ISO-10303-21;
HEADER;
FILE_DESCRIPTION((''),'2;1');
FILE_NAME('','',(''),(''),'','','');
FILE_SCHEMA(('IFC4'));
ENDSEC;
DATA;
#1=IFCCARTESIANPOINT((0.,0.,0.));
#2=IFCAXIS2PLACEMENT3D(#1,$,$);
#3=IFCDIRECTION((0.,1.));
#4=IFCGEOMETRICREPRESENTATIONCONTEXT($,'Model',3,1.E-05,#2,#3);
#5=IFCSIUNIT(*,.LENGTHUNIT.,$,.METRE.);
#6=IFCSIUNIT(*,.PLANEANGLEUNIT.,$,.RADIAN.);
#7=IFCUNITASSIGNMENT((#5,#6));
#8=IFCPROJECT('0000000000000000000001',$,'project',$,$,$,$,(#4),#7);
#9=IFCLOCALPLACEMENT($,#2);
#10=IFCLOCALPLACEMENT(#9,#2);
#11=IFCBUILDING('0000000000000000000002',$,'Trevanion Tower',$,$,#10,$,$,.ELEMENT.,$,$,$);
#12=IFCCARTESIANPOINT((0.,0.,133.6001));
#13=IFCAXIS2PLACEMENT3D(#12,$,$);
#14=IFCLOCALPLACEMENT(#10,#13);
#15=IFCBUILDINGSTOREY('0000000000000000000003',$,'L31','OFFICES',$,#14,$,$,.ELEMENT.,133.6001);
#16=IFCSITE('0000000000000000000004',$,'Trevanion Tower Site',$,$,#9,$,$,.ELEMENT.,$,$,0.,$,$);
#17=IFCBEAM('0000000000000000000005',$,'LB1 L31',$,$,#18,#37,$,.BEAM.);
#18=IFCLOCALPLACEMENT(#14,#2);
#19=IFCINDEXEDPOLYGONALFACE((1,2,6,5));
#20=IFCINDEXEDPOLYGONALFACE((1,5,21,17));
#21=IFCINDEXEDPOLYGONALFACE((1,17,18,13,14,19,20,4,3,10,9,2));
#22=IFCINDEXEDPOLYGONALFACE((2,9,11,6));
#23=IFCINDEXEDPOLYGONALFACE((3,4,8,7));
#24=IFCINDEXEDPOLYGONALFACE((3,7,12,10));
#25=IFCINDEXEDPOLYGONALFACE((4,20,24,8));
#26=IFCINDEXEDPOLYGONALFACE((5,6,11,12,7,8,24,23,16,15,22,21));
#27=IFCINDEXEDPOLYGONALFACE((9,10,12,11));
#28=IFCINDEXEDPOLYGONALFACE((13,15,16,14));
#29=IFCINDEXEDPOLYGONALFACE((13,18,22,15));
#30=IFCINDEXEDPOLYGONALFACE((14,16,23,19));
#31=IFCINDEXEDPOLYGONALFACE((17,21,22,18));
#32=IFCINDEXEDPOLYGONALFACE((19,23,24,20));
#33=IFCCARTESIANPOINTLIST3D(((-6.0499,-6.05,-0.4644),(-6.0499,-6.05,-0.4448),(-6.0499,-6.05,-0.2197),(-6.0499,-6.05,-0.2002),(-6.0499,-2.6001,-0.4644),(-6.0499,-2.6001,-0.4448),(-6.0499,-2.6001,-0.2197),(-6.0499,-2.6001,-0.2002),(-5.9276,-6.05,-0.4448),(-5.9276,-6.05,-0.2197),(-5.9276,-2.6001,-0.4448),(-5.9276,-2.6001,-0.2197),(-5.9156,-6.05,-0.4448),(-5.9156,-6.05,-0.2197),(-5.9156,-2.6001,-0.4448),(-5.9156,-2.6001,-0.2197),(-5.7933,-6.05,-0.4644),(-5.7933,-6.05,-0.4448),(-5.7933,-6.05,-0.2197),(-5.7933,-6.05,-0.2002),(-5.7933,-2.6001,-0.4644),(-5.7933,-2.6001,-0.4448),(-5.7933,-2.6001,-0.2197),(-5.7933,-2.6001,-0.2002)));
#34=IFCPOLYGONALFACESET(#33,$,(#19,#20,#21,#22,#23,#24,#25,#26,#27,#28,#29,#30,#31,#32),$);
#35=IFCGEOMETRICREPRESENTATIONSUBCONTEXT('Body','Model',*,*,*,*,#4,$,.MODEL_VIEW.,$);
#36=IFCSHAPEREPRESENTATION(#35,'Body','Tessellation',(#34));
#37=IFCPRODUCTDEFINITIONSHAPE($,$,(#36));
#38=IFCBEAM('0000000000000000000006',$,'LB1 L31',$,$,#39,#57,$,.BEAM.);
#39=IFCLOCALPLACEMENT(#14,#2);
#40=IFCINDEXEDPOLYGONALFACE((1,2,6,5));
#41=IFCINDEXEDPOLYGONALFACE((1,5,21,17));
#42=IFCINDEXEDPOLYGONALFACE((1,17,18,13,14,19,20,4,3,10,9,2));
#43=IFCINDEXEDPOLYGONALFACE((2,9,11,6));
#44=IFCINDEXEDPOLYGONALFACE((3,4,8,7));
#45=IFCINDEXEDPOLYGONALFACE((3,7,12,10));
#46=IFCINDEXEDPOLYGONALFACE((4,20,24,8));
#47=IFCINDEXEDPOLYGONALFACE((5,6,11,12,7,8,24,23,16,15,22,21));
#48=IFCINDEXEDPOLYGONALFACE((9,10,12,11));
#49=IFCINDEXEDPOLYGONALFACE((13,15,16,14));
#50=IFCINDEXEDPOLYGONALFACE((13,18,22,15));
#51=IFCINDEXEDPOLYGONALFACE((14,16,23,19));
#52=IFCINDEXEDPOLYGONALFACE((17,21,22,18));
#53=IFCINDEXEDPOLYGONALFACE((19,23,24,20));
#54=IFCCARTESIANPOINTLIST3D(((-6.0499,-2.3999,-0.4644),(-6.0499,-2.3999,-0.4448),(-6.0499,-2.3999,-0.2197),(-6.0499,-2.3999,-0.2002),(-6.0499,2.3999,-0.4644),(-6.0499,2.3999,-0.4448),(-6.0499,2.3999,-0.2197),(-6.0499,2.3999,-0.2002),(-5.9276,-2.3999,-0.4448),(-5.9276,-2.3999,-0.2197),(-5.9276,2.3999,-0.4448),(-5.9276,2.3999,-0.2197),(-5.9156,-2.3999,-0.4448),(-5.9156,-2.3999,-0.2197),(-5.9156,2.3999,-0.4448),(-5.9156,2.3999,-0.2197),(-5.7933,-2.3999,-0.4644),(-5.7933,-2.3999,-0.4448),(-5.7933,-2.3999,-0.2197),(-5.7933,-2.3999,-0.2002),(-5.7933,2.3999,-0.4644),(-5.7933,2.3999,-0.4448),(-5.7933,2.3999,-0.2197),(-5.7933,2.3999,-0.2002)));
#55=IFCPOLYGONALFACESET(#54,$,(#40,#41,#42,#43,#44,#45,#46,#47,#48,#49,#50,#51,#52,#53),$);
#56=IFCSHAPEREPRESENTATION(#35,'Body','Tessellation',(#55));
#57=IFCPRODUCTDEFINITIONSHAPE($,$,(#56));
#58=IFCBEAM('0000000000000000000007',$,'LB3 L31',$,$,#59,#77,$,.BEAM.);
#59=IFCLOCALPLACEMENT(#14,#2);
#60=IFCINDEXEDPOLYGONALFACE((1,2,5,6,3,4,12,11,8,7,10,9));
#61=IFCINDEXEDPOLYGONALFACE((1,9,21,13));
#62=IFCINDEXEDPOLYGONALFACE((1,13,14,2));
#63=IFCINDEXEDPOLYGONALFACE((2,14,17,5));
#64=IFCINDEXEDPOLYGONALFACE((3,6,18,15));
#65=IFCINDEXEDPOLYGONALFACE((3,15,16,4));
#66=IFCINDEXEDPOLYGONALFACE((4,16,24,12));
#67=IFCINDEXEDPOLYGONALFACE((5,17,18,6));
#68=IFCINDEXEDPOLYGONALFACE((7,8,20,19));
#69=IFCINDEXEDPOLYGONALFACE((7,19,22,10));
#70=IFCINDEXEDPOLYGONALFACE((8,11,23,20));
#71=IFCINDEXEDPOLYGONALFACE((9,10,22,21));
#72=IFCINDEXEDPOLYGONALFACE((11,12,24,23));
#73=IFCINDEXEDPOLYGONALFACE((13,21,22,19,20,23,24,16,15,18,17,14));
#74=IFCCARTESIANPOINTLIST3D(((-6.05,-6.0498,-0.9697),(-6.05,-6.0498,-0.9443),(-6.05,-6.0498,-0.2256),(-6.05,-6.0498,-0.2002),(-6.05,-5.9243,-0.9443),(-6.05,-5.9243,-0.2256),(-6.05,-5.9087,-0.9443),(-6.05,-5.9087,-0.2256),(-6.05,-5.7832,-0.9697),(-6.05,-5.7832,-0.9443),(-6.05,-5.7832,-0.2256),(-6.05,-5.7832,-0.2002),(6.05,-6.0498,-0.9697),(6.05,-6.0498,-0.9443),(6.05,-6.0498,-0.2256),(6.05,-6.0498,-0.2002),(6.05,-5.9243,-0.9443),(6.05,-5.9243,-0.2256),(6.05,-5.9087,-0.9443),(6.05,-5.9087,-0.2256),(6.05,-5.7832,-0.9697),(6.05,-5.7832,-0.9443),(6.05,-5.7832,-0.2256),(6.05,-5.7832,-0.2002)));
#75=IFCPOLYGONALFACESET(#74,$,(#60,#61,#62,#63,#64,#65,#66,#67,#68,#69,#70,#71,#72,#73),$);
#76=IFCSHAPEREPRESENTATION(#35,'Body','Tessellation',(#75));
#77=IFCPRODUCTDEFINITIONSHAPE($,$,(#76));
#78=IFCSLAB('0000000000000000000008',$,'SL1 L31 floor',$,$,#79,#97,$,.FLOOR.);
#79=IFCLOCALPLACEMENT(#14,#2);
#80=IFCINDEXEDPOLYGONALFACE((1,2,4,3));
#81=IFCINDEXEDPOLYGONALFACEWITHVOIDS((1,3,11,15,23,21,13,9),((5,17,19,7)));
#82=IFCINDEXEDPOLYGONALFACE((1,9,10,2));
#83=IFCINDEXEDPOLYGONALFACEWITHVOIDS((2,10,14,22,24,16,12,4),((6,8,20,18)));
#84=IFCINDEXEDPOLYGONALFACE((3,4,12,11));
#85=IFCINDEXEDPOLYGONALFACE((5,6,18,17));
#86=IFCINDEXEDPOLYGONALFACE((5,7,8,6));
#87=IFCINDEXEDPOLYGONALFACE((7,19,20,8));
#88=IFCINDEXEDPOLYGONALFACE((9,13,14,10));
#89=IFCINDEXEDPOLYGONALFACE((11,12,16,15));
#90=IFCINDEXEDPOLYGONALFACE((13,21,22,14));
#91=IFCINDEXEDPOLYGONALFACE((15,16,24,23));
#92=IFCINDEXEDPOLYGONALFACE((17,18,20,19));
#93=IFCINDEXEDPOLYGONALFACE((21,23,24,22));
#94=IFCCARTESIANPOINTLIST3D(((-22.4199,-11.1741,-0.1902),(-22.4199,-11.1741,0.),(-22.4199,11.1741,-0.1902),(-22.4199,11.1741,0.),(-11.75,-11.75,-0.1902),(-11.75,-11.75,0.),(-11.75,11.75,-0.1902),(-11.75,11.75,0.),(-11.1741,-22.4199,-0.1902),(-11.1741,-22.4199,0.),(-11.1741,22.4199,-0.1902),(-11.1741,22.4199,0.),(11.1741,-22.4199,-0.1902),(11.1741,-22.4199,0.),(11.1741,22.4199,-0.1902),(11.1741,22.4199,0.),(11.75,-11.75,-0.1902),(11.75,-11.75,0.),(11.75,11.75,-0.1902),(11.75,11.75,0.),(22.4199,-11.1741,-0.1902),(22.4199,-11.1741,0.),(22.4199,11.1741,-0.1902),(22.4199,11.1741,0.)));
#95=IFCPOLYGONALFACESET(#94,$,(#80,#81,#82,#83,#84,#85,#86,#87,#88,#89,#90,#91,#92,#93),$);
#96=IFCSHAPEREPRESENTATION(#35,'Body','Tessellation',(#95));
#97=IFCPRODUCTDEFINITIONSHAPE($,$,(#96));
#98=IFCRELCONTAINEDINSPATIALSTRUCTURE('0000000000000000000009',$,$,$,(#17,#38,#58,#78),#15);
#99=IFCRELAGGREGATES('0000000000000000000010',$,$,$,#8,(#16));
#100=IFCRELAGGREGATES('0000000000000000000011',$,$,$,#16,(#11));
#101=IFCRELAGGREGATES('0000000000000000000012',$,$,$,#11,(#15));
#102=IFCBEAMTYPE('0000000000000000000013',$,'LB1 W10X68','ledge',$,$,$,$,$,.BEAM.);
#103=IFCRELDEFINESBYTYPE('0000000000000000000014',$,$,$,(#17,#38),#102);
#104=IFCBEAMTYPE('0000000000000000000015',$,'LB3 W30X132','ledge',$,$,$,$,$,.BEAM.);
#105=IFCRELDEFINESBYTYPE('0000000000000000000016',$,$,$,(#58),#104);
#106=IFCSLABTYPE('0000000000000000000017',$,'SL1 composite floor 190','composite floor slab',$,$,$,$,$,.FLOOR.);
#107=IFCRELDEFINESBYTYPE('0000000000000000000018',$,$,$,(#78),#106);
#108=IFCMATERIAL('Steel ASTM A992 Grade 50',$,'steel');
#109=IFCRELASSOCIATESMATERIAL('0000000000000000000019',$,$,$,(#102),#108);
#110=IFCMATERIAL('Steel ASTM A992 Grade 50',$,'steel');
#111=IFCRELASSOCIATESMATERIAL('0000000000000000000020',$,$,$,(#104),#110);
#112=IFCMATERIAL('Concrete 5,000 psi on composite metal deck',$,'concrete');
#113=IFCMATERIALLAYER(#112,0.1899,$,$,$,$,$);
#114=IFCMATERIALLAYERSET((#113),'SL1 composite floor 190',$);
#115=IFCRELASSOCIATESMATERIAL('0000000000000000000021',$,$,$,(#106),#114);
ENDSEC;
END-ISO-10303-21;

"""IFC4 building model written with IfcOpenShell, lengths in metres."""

from ifc_helpers import new_model, si_unit, direction, frame, origin, origin_2d, place, context, subcontext, project, spatial, polyline, i_section, outline, extrude, material, layer, layer_set, material_profile, profile_set, type_object, element, save


model = new_model("IFC4")

# Units and contexts
model_context = context("Model", 3, precision=1e-05, world=origin(), true_north=direction((0.0, 1.0)))
body_context = subcontext(model_context, "Body", "Model", "MODEL_VIEW")
ifc_project = project(units=[si_unit("LENGTHUNIT", "METRE"), si_unit("PLANEANGLEUNIT", "RADIAN")], contexts=[model_context])

# Site, building, storey
site_placement = place(None, origin())
site = spatial("IfcSite", under=ifc_project, at=site_placement, Name="Trevanion Tower Site", CompositionType="ELEMENT", RefElevation=0.0)
building_placement = place(site_placement, origin())
building = spatial("IfcBuilding", under=site, at=building_placement, Name="Trevanion Tower", CompositionType="ELEMENT")
storey_placement = place(building_placement, frame((0.0, 0.0, 133.6001)))
storey = spatial("IfcBuildingStorey", under=building, at=storey_placement, Name="L31", Description="OFFICES", CompositionType="ELEMENT", Elevation=133.6001)

# Beams
ifc_material_1 = material(Name="Steel ASTM A992 Grade 50", Category="steel")
ifc_material_profile_1 = material_profile(ifc_material_1, i_section(OverallWidth=0.2566, OverallDepth=0.2642, WebThickness=0.012, FlangeThickness=0.0195, at=origin_2d()), Name="W10X68")
ifc_profile_set_1 = profile_set([ifc_material_profile_1], Name="Steel ASTM A992 Grade 50")
beam_type_1 = type_object("IfcBeamType", Name="LB1 W10X68", Description="ledge", PredefinedType="BEAM", material=ifc_profile_set_1)
beam_1_placement = place(storey_placement, frame((-5.9216, -6.05, -0.3323), z_axis=(0.0, 1.0, 0.0), x_axis=(-1.0, 0.0, 0.0)))
element("IfcBeam", 1, at=beam_1_placement, inside=storey, type_object=beam_type_1, Name="LB1 L31", PredefinedType="BEAM", context=body_context, shape_type="SweptSolid", body=[
    extrude(i_section(OverallWidth=0.2566, OverallDepth=0.2642, WebThickness=0.012, FlangeThickness=0.0195, at=origin_2d()), origin(), (0.0, 0.0, 1.0), 3.45),
])
beam_2_placement = place(storey_placement, frame((-5.9216, -2.3999, -0.3323), z_axis=(0.0, 1.0, 0.0), x_axis=(-1.0, 0.0, 0.0)))
element("IfcBeam", 2, at=beam_2_placement, inside=storey, type_object=beam_type_1, Name="LB1 L31", PredefinedType="BEAM", context=body_context, shape_type="SweptSolid", body=[
    extrude(i_section(OverallWidth=0.2566, OverallDepth=0.2642, WebThickness=0.012, FlangeThickness=0.0195, at=origin_2d()), origin(), (0.0, 0.0, 1.0), 4.7998),
])
ifc_material_2 = material(Name="Steel ASTM A992 Grade 50", Category="steel")
ifc_material_profile_2 = material_profile(ifc_material_2, i_section(OverallWidth=0.2666, OverallDepth=0.7695, WebThickness=0.0156, FlangeThickness=0.0254, at=origin_2d()), Name="W30X132")
ifc_profile_set_2 = profile_set([ifc_material_profile_2], Name="Steel ASTM A992 Grade 50")
beam_type_2 = type_object("IfcBeamType", Name="LB3 W30X132", Description="ledge", PredefinedType="BEAM", material=ifc_profile_set_2)
beam_3_placement = place(storey_placement, frame((-6.05, -5.9165, -0.585), z_axis=(1.0, 0.0, 0.0), x_axis=(0.0, 1.0, 0.0)))
element("IfcBeam", 3, at=beam_3_placement, inside=storey, type_object=beam_type_2, Name="LB3 L31", PredefinedType="BEAM", context=body_context, shape_type="SweptSolid", body=[
    extrude(i_section(OverallWidth=0.2666, OverallDepth=0.7695, WebThickness=0.0156, FlangeThickness=0.0254, at=origin_2d()), origin(), (0.0, 0.0, 1.0), 12.1001),
])

# Slab
ifc_material_3 = material(Name="Concrete 5,000 psi on composite metal deck", Category="concrete")
ifc_layer_1 = layer(ifc_material_3, 0.1899)
ifc_layer_set_1 = layer_set([ifc_layer_1], Name="SL1 composite floor 190")
slab_type = type_object("IfcSlabType", Name="SL1 composite floor 190", Description="composite floor slab", PredefinedType="FLOOR", material=ifc_layer_set_1)
slab_placement = place(storey_placement, frame((0.0, 0.0, -0.1902)))
element("IfcSlab", 4, at=slab_placement, inside=storey, type_object=slab_type, Name="SL1 L31 floor", PredefinedType="FLOOR", context=body_context, shape_type="SweptSolid", body=[
    extrude(outline(polyline([(22.4199, -11.1741), (22.4199, 11.1741), (11.1741, 22.4199), (-11.1741, 22.4199), (-22.4199, 11.1741), (-22.4199, -11.1741), (-11.1741, -22.4199), (11.1741, -22.4199), (22.4199, -11.1741)]), holes=[polyline([(11.75, -11.75), (11.75, 11.75), (-11.75, 11.75), (-11.75, -11.75), (11.75, -11.75)])]), origin(), (0.0, 0.0, 1.0), 0.1902),
])

save(model, "model.ifc")
